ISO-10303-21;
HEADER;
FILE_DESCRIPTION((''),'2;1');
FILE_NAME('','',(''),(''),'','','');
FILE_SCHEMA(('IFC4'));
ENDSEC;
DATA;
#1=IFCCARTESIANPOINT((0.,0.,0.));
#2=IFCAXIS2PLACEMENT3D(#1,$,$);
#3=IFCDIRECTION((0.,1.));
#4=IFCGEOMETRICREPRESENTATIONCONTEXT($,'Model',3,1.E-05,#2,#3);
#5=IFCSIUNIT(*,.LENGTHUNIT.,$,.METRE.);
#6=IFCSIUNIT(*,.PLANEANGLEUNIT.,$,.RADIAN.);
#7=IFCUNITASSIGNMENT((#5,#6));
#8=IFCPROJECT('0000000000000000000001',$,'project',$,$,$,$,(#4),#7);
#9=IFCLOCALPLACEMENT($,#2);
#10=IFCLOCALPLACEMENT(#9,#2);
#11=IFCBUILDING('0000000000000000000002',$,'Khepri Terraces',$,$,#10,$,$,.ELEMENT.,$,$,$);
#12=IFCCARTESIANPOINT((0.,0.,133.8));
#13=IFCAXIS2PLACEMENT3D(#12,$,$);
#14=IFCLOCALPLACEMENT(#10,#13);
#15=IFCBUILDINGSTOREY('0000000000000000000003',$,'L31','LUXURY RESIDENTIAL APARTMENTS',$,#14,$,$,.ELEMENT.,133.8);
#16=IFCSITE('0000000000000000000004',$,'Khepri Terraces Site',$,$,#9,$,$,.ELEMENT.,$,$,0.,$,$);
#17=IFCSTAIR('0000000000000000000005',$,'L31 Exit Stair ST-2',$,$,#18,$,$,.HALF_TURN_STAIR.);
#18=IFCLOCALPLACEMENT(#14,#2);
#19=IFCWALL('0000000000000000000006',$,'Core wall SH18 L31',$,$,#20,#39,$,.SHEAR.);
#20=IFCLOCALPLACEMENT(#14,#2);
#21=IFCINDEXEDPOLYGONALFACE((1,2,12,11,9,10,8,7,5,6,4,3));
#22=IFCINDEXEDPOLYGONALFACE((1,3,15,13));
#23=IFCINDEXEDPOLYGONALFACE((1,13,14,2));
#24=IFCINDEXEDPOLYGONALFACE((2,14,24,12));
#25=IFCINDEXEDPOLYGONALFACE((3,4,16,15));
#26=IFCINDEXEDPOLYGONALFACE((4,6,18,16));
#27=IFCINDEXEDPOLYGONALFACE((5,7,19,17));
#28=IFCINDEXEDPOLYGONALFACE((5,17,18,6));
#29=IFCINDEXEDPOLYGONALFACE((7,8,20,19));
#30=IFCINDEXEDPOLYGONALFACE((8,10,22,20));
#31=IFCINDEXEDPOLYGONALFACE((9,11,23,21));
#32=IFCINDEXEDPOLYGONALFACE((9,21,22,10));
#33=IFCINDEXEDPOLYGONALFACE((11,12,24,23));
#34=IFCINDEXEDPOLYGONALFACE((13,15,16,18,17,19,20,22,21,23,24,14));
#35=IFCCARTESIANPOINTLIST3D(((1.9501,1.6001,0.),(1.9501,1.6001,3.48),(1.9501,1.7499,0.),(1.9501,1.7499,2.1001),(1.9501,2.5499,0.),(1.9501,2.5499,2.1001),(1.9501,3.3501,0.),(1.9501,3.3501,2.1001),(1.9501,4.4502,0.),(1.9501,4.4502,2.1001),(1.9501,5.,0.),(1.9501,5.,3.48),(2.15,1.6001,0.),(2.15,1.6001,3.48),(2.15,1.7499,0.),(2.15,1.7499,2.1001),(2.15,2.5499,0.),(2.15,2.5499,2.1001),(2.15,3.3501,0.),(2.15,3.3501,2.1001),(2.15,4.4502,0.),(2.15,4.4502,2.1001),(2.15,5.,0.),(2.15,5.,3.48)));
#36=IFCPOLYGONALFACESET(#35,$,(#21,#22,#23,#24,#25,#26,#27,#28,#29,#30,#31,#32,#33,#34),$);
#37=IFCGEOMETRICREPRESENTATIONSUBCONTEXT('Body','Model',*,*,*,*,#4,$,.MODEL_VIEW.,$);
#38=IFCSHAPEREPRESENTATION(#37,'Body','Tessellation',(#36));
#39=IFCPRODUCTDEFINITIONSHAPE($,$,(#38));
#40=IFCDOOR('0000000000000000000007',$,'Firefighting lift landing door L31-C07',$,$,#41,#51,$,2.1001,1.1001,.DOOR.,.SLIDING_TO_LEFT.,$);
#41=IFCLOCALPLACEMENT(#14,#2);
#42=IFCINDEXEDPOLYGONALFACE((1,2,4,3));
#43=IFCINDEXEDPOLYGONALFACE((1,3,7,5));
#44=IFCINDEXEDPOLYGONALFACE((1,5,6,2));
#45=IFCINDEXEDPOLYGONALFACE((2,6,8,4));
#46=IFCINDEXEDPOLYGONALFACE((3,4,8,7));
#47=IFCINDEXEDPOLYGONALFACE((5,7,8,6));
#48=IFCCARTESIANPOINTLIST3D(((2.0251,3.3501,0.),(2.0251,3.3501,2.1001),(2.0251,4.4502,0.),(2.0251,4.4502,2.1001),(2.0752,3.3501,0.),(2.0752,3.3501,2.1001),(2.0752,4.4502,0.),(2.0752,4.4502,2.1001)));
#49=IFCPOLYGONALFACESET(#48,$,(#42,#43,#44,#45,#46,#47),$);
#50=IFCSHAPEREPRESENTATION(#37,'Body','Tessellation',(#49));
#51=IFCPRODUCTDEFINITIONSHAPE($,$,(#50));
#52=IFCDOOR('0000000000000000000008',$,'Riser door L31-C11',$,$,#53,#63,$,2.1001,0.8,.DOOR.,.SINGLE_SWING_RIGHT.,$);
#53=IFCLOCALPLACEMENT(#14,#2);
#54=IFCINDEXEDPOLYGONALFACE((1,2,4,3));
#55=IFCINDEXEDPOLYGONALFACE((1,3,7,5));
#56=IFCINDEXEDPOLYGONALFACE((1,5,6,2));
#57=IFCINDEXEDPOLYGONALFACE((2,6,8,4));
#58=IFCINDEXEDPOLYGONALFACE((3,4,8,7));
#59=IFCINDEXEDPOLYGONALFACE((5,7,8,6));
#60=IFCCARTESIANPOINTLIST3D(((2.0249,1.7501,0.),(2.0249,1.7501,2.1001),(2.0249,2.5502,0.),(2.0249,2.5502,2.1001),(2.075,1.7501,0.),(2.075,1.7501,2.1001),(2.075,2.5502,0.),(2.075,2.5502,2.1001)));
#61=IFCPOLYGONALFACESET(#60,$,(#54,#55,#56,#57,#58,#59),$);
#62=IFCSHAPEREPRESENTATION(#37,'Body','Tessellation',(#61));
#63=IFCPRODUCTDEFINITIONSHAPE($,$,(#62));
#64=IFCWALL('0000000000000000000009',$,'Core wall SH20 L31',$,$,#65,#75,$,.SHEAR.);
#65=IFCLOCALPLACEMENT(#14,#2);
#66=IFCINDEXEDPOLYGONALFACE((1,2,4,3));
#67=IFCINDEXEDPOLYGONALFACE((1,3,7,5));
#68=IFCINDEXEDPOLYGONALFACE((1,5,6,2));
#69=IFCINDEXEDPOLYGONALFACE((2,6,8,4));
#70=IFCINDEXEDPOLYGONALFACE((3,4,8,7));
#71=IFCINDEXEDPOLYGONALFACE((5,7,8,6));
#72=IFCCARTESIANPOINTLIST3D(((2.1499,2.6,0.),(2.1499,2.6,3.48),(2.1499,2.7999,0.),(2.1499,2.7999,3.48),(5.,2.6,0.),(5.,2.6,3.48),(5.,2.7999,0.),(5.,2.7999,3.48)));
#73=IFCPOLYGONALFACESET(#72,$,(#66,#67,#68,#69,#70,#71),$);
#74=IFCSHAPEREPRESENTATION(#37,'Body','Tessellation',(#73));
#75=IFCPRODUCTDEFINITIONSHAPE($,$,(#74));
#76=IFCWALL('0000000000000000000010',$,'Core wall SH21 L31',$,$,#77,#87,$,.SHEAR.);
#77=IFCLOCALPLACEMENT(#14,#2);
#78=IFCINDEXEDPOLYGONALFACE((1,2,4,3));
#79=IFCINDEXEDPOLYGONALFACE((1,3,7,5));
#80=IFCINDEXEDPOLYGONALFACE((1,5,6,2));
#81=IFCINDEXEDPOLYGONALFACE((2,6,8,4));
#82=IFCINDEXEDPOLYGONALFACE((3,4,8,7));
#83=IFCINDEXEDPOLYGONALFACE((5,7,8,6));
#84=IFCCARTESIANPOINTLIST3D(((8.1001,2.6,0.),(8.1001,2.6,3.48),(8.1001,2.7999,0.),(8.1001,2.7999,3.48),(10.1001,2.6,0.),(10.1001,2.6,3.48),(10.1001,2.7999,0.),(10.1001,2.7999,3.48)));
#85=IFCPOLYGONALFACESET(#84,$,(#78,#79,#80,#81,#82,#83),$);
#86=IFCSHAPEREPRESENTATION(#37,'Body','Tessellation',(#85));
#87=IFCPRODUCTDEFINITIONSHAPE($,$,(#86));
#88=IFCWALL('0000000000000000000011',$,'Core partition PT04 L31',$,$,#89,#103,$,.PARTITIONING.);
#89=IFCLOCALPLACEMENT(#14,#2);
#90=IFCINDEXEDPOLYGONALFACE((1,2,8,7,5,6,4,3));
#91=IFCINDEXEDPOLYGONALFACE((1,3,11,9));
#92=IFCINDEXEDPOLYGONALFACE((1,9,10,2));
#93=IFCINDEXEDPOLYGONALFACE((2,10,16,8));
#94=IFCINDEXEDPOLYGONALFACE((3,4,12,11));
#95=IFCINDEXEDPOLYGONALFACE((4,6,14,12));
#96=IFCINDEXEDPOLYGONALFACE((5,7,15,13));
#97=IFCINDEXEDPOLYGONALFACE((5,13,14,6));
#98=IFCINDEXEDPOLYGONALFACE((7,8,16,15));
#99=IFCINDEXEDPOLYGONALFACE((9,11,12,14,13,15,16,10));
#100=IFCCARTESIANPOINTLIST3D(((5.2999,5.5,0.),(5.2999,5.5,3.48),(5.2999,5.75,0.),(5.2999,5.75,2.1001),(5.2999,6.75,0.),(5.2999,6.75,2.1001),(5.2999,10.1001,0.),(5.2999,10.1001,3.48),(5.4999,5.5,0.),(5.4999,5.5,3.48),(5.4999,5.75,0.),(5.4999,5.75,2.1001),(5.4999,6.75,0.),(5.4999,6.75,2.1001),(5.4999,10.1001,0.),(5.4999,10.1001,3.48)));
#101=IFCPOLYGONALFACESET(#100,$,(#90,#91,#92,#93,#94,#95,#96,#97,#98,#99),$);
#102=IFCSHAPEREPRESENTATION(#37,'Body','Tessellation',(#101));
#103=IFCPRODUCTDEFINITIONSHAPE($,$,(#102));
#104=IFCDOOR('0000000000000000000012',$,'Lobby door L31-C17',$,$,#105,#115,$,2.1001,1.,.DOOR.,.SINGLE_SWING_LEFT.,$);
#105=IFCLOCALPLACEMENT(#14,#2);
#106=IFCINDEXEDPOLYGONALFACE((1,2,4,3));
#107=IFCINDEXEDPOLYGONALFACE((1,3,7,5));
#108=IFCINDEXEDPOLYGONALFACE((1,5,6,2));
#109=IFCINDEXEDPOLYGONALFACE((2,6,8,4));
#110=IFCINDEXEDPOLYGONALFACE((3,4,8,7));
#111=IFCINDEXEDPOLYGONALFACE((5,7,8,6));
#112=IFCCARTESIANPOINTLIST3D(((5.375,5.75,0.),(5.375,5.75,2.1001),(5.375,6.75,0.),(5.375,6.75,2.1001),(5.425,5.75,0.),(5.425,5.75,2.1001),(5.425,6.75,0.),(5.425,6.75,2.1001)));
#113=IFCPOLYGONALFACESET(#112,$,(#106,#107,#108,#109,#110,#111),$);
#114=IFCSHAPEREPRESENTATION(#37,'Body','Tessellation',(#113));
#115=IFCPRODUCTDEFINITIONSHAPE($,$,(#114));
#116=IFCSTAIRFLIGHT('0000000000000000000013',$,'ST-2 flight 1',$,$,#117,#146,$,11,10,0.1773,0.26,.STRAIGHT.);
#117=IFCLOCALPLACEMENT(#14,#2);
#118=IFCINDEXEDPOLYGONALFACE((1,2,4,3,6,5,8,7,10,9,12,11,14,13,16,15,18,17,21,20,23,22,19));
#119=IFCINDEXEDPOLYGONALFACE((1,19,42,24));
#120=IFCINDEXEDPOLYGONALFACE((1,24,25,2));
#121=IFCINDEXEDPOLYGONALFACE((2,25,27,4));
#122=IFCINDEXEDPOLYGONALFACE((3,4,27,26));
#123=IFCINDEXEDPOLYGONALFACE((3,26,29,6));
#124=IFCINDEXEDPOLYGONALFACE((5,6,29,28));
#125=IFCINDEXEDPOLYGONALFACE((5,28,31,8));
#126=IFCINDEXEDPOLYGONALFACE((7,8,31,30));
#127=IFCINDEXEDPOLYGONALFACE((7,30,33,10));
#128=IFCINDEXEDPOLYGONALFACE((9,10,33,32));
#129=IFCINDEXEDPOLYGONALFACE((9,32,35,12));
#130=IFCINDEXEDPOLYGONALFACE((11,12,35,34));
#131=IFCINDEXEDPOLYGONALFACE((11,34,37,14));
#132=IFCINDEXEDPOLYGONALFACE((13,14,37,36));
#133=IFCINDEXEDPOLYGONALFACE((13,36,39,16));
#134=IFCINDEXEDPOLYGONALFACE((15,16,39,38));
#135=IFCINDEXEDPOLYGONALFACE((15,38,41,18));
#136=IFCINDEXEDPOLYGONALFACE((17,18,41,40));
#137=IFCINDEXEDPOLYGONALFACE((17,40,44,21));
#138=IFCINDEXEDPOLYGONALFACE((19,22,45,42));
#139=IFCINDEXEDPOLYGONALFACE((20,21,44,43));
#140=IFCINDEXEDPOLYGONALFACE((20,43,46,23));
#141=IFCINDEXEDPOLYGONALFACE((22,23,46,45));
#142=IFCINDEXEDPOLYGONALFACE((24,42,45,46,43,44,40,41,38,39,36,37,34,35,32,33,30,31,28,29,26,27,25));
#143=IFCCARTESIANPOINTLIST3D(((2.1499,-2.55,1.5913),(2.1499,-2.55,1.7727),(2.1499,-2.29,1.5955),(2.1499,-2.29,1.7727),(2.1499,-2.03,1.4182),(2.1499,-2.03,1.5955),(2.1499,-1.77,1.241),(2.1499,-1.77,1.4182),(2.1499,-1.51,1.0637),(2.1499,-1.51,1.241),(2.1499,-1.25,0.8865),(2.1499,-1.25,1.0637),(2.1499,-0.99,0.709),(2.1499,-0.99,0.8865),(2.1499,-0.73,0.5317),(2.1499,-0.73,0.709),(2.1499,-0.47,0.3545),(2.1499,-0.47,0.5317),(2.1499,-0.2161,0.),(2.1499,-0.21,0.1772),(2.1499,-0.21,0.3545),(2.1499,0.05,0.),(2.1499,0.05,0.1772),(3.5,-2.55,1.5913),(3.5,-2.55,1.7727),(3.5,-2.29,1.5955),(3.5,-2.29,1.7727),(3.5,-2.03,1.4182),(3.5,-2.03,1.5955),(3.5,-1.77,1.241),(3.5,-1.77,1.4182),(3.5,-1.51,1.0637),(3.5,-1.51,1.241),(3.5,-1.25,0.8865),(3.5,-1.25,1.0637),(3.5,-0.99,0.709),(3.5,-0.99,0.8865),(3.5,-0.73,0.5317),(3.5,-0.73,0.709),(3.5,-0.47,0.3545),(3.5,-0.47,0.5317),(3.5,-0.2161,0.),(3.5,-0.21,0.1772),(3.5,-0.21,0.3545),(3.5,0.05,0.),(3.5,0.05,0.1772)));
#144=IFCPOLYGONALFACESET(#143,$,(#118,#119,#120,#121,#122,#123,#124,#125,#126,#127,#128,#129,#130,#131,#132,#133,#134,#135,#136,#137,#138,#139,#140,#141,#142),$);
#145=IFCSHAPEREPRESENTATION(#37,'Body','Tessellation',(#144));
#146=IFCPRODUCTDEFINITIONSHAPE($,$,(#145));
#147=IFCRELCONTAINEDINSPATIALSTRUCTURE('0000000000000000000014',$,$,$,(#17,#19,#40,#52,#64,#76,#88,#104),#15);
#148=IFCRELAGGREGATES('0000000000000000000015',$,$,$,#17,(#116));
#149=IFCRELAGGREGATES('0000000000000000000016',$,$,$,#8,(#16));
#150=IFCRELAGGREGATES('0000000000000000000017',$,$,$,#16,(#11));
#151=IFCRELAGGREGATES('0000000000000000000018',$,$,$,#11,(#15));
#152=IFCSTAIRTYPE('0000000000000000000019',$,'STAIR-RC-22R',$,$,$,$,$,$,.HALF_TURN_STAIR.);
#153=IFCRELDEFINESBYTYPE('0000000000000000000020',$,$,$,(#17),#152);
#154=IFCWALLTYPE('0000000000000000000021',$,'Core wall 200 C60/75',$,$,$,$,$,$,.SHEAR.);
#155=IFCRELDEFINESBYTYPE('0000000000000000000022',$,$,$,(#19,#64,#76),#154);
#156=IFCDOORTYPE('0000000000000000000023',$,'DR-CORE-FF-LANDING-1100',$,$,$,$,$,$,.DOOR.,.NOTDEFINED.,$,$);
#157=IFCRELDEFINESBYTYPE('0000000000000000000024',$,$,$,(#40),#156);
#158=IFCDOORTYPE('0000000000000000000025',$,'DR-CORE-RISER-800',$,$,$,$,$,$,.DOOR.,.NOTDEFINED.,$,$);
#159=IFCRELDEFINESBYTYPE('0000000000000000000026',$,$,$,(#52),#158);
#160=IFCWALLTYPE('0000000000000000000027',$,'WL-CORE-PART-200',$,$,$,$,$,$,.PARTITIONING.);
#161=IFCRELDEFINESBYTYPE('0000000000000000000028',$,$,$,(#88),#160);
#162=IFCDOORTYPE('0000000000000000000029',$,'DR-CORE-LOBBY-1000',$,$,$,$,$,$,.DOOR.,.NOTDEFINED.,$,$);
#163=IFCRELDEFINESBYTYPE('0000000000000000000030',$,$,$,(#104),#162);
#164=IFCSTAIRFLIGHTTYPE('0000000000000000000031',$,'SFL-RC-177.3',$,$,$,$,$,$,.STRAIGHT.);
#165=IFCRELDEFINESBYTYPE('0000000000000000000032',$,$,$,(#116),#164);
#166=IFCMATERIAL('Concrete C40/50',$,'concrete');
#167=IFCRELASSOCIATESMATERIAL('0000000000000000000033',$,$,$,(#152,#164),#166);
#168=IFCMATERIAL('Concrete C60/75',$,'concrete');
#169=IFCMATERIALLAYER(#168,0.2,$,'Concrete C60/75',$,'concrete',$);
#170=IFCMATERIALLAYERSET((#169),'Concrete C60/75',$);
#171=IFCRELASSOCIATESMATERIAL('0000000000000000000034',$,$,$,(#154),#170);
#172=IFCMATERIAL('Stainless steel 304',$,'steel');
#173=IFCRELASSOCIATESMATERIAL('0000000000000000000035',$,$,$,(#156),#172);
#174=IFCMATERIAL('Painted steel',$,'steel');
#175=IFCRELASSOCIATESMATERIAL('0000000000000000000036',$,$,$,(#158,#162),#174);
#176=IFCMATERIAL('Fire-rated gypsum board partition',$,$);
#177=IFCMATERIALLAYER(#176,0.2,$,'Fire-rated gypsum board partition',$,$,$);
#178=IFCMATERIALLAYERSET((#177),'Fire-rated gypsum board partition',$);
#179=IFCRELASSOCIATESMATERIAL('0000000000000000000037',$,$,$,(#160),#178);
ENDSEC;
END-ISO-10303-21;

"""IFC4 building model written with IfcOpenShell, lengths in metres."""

from ifc_helpers import new_model, si_unit, direction, frame, frame_2d, origin, place, context, subcontext, project, spatial, polyline, rectangle, outline, extrude, material, layer, layer_set, type_object, element, fill, aggregate, save


model = new_model("IFC4")

# Units and contexts
model_context = context("Model", 3, precision=1e-05, world=origin(), true_north=direction((0.0, 1.0)))
body_context = subcontext(model_context, "Body", "Model", "MODEL_VIEW")
ifc_project = project(units=[si_unit("LENGTHUNIT", "METRE"), si_unit("PLANEANGLEUNIT", "RADIAN")], contexts=[model_context])

# Site, building, storey
site_placement = place(None, origin())
site = spatial("IfcSite", under=ifc_project, at=site_placement, Name="Khepri Terraces Site", CompositionType="ELEMENT", RefElevation=0.0)
building_placement = place(site_placement, origin())
building = spatial("IfcBuilding", under=site, at=building_placement, Name="Khepri Terraces", CompositionType="ELEMENT")
storey_placement = place(building_placement, frame((0.0, 0.0, 133.8)))
storey = spatial("IfcBuildingStorey", under=building, at=storey_placement, Name="L31", Description="LUXURY RESIDENTIAL APARTMENTS", CompositionType="ELEMENT", Elevation=133.8)

# Stair
ifc_material_1 = material(Name="Concrete C40/50", Category="concrete")
stair_type = type_object("IfcStairType", Name="STAIR-RC-22R", PredefinedType="HALF_TURN_STAIR", material=ifc_material_1)
stair_1_placement = place(storey_placement, origin())
stair_1 = element("IfcStair", 1, at=stair_1_placement, inside=storey, type_object=stair_type, Name="L31 Exit Stair ST-2", PredefinedType="HALF_TURN_STAIR")

# Shared definitions
ifc_material_2 = material(Name="Concrete C60/75", Category="concrete")
ifc_layer_1 = layer(ifc_material_2, 0.2, Name="Concrete C60/75", Category="concrete")
ifc_layer_set_1 = layer_set([ifc_layer_1], Name="Concrete C60/75")
wall_type_1 = type_object("IfcWallType", Name="Core wall 200 C60/75", PredefinedType="SHEAR", material=ifc_layer_set_1)

# Shared definitions
ifc_material_3 = material(Name="Painted steel", Category="steel")

# Wall, openings, doors
wall_1_placement = place(storey_placement, frame((2.05, 1.6001, 0.0), z_axis=(0.0, 0.0, 1.0), x_axis=(0.0, 1.0, 0.0)))
wall_1 = element("IfcWall", 2, at=wall_1_placement, inside=storey, type_object=wall_type_1, Name="Core wall SH18 L31", PredefinedType="SHEAR", context=body_context, shape_type="SweptSolid", body=[
    extrude(rectangle(XDim=3.3999, YDim=0.2, at=frame_2d((1.7, 0.0))), origin(), (0.0, 0.0, 1.0), 3.48),
])
opening_1_placement = place(wall_1_placement, frame((1.75, 0.0, 0.0)))
opening_1 = element("IfcOpeningElement", 3, at=opening_1_placement, cuts=wall_1, PredefinedType="OPENING", context=body_context, shape_type="SweptSolid", body=[
    extrude(rectangle(XDim=1.1001, YDim=2.1001, at=frame_2d((0.55, 1.05))), frame((0.0, 0.1099, 0.0), z_axis=(0.0, -1.0, 0.0), x_axis=(1.0, 0.0, 0.0)), (0.0, 0.0, 1.0), 0.22),
])
opening_2_placement = place(wall_1_placement, frame((0.1499, 0.0, 0.0)))
opening_2 = element("IfcOpeningElement", 4, at=opening_2_placement, cuts=wall_1, PredefinedType="OPENING", context=body_context, shape_type="SweptSolid", body=[
    extrude(rectangle(XDim=0.8, YDim=2.1001, at=frame_2d((0.3999, 1.05))), frame((0.0, 0.1099, 0.0), z_axis=(0.0, -1.0, 0.0), x_axis=(1.0, 0.0, 0.0)), (0.0, 0.0, 1.0), 0.22),
])
ifc_material_4 = material(Name="Stainless steel 304", Category="steel")
door_type_1 = type_object("IfcDoorType", Name="DR-CORE-FF-LANDING-1100", OperationType="NOTDEFINED", PredefinedType="DOOR", material=ifc_material_4)
door_1_placement = place(opening_1_placement, origin())
door_1 = element("IfcDoor", 5, at=door_1_placement, inside=storey, type_object=door_type_1, Name="Firefighting lift landing door L31-C07", OperationType="SLIDING_TO_LEFT", OverallHeight=2.1001, OverallWidth=1.1001, PredefinedType="DOOR", context=body_context, shape_type="SweptSolid", body=[
    extrude(rectangle(XDim=1.1001, YDim=2.1001, at=frame_2d((0.55, 1.05))), frame((0.0, 0.0249, 0.0), z_axis=(0.0, -1.0, 0.0), x_axis=(1.0, 0.0, 0.0)), (0.0, 0.0, 1.0), 0.05),
])
fill(opening_1, door_1)
door_type_2 = type_object("IfcDoorType", Name="DR-CORE-RISER-800", OperationType="NOTDEFINED", PredefinedType="DOOR", material=ifc_material_3)
door_2_placement = place(opening_2_placement, frame((0.8, 0.0, 0.0), z_axis=(0.0, 0.0, 1.0), x_axis=(-1.0, 0.0, 0.0)))
door_2 = element("IfcDoor", 6, at=door_2_placement, inside=storey, type_object=door_type_2, Name="Riser door L31-C11", OperationType="SINGLE_SWING_RIGHT", OverallHeight=2.1001, OverallWidth=0.8, PredefinedType="DOOR", context=body_context, shape_type="SweptSolid", body=[
    extrude(rectangle(XDim=0.8, YDim=2.1001, at=frame_2d((0.3999, 1.05))), frame((0.0, 0.0249, 0.0), z_axis=(0.0, -1.0, 0.0), x_axis=(1.0, 0.0, 0.0)), (0.0, 0.0, 1.0), 0.05),
])
fill(opening_2, door_2)

# Walls
wall_2_placement = place(storey_placement, frame((2.1499, 2.7, 0.0), z_axis=(0.0, 0.0, 1.0), x_axis=(1.0, 0.0, 0.0)))
element("IfcWall", 7, at=wall_2_placement, inside=storey, type_object=wall_type_1, Name="Core wall SH20 L31", PredefinedType="SHEAR", context=body_context, shape_type="SweptSolid", body=[
    extrude(rectangle(XDim=2.8501, YDim=0.2, at=frame_2d((1.425, 0.0))), origin(), (0.0, 0.0, 1.0), 3.48),
])
wall_3_placement = place(storey_placement, frame((8.1001, 2.7, 0.0), z_axis=(0.0, 0.0, 1.0), x_axis=(1.0, 0.0, 0.0)))
element("IfcWall", 8, at=wall_3_placement, inside=storey, type_object=wall_type_1, Name="Core wall SH21 L31", PredefinedType="SHEAR", context=body_context, shape_type="SweptSolid", body=[
    extrude(rectangle(XDim=2.0, YDim=0.2, at=frame_2d((1.0, 0.0))), origin(), (0.0, 0.0, 1.0), 3.48),
])

# Wall, opening, door
ifc_material_5 = material(Name="Fire-rated gypsum board partition")
ifc_layer_2 = layer(ifc_material_5, 0.2, Name="Fire-rated gypsum board partition")
ifc_layer_set_2 = layer_set([ifc_layer_2], Name="Fire-rated gypsum board partition")
wall_type_2 = type_object("IfcWallType", Name="WL-CORE-PART-200", PredefinedType="PARTITIONING", material=ifc_layer_set_2)
wall_4_placement = place(storey_placement, frame((5.3999, 5.5, 0.0), z_axis=(0.0, 0.0, 1.0), x_axis=(0.0, 1.0, 0.0)))
wall_4 = element("IfcWall", 9, at=wall_4_placement, inside=storey, type_object=wall_type_2, Name="Core partition PT04 L31", PredefinedType="PARTITIONING", context=body_context, shape_type="SweptSolid", body=[
    extrude(rectangle(XDim=4.6001, YDim=0.2, at=frame_2d((2.3, 0.0))), origin(), (0.0, 0.0, 1.0), 3.48),
])
opening_3_placement = place(wall_4_placement, frame((0.25, 0.0, 0.0)))
opening_3 = element("IfcOpeningElement", 10, at=opening_3_placement, cuts=wall_4, PredefinedType="OPENING", context=body_context, shape_type="SweptSolid", body=[
    extrude(rectangle(XDim=1.0, YDim=2.1001, at=frame_2d((0.5, 1.05))), frame((0.0, 0.1099, 0.0), z_axis=(0.0, -1.0, 0.0), x_axis=(1.0, 0.0, 0.0)), (0.0, 0.0, 1.0), 0.22),
])
door_type_3 = type_object("IfcDoorType", Name="DR-CORE-LOBBY-1000", OperationType="NOTDEFINED", PredefinedType="DOOR", material=ifc_material_3)
door_3_placement = place(opening_3_placement, origin())
door_3 = element("IfcDoor", 11, at=door_3_placement, inside=storey, type_object=door_type_3, Name="Lobby door L31-C17", OperationType="SINGLE_SWING_LEFT", OverallHeight=2.1001, OverallWidth=1.0, PredefinedType="DOOR", context=body_context, shape_type="SweptSolid", body=[
    extrude(rectangle(XDim=1.0, YDim=2.1001, at=frame_2d((0.5, 1.05))), frame((0.0, 0.0249, 0.0), z_axis=(0.0, -1.0, 0.0), x_axis=(1.0, 0.0, 0.0)), (0.0, 0.0, 1.0), 0.05),
])
fill(opening_3, door_3)

# Stair flight
stair_flight_type = type_object("IfcStairFlightType", Name="SFL-RC-177.3", PredefinedType="STRAIGHT", material=ifc_material_1)
stair_flight_placement = place(storey_placement, frame((2.825, 0.05, 0.0), z_axis=(0.0, 0.0, 1.0), x_axis=(0.0, -1.0, 0.0)))
stair_flight = element("IfcStairFlight", 12, at=stair_flight_placement, type_object=stair_flight_type, Name="ST-2 flight 1", NumberOfRisers=11, NumberOfTreads=10, PredefinedType="STRAIGHT", RiserHeight=0.1773, TreadLength=0.26, context=body_context, shape_type="SweptSolid", body=[
    extrude(outline(polyline([(0.0, 0.0), (0.0, 0.1772), (0.26, 0.1772), (0.26, 0.3545), (0.52, 0.3545), (0.52, 0.5317), (0.78, 0.5317), (0.78, 0.709), (1.04, 0.709), (1.04, 0.8865), (1.3, 0.8865), (1.3, 1.0637), (1.5601, 1.0637), (1.5601, 1.241), (1.8201, 1.241), (1.8201, 1.4182), (2.0801, 1.4182), (2.0801, 1.5955), (2.3401, 1.5955), (2.3401, 1.7727), (2.6001, 1.7727), (2.6001, 1.95), (2.6001, 1.5913), (0.2661, 0.0), (0.0, 0.0)])), frame((0.0, 0.675, 0.0), z_axis=(0.0, -1.0, 0.0), x_axis=(1.0, 0.0, 0.0)), (0.0, 0.0, 1.0), 1.3501),
])
aggregate(stair_1, [stair_flight])

save(model, "model.ifc")
